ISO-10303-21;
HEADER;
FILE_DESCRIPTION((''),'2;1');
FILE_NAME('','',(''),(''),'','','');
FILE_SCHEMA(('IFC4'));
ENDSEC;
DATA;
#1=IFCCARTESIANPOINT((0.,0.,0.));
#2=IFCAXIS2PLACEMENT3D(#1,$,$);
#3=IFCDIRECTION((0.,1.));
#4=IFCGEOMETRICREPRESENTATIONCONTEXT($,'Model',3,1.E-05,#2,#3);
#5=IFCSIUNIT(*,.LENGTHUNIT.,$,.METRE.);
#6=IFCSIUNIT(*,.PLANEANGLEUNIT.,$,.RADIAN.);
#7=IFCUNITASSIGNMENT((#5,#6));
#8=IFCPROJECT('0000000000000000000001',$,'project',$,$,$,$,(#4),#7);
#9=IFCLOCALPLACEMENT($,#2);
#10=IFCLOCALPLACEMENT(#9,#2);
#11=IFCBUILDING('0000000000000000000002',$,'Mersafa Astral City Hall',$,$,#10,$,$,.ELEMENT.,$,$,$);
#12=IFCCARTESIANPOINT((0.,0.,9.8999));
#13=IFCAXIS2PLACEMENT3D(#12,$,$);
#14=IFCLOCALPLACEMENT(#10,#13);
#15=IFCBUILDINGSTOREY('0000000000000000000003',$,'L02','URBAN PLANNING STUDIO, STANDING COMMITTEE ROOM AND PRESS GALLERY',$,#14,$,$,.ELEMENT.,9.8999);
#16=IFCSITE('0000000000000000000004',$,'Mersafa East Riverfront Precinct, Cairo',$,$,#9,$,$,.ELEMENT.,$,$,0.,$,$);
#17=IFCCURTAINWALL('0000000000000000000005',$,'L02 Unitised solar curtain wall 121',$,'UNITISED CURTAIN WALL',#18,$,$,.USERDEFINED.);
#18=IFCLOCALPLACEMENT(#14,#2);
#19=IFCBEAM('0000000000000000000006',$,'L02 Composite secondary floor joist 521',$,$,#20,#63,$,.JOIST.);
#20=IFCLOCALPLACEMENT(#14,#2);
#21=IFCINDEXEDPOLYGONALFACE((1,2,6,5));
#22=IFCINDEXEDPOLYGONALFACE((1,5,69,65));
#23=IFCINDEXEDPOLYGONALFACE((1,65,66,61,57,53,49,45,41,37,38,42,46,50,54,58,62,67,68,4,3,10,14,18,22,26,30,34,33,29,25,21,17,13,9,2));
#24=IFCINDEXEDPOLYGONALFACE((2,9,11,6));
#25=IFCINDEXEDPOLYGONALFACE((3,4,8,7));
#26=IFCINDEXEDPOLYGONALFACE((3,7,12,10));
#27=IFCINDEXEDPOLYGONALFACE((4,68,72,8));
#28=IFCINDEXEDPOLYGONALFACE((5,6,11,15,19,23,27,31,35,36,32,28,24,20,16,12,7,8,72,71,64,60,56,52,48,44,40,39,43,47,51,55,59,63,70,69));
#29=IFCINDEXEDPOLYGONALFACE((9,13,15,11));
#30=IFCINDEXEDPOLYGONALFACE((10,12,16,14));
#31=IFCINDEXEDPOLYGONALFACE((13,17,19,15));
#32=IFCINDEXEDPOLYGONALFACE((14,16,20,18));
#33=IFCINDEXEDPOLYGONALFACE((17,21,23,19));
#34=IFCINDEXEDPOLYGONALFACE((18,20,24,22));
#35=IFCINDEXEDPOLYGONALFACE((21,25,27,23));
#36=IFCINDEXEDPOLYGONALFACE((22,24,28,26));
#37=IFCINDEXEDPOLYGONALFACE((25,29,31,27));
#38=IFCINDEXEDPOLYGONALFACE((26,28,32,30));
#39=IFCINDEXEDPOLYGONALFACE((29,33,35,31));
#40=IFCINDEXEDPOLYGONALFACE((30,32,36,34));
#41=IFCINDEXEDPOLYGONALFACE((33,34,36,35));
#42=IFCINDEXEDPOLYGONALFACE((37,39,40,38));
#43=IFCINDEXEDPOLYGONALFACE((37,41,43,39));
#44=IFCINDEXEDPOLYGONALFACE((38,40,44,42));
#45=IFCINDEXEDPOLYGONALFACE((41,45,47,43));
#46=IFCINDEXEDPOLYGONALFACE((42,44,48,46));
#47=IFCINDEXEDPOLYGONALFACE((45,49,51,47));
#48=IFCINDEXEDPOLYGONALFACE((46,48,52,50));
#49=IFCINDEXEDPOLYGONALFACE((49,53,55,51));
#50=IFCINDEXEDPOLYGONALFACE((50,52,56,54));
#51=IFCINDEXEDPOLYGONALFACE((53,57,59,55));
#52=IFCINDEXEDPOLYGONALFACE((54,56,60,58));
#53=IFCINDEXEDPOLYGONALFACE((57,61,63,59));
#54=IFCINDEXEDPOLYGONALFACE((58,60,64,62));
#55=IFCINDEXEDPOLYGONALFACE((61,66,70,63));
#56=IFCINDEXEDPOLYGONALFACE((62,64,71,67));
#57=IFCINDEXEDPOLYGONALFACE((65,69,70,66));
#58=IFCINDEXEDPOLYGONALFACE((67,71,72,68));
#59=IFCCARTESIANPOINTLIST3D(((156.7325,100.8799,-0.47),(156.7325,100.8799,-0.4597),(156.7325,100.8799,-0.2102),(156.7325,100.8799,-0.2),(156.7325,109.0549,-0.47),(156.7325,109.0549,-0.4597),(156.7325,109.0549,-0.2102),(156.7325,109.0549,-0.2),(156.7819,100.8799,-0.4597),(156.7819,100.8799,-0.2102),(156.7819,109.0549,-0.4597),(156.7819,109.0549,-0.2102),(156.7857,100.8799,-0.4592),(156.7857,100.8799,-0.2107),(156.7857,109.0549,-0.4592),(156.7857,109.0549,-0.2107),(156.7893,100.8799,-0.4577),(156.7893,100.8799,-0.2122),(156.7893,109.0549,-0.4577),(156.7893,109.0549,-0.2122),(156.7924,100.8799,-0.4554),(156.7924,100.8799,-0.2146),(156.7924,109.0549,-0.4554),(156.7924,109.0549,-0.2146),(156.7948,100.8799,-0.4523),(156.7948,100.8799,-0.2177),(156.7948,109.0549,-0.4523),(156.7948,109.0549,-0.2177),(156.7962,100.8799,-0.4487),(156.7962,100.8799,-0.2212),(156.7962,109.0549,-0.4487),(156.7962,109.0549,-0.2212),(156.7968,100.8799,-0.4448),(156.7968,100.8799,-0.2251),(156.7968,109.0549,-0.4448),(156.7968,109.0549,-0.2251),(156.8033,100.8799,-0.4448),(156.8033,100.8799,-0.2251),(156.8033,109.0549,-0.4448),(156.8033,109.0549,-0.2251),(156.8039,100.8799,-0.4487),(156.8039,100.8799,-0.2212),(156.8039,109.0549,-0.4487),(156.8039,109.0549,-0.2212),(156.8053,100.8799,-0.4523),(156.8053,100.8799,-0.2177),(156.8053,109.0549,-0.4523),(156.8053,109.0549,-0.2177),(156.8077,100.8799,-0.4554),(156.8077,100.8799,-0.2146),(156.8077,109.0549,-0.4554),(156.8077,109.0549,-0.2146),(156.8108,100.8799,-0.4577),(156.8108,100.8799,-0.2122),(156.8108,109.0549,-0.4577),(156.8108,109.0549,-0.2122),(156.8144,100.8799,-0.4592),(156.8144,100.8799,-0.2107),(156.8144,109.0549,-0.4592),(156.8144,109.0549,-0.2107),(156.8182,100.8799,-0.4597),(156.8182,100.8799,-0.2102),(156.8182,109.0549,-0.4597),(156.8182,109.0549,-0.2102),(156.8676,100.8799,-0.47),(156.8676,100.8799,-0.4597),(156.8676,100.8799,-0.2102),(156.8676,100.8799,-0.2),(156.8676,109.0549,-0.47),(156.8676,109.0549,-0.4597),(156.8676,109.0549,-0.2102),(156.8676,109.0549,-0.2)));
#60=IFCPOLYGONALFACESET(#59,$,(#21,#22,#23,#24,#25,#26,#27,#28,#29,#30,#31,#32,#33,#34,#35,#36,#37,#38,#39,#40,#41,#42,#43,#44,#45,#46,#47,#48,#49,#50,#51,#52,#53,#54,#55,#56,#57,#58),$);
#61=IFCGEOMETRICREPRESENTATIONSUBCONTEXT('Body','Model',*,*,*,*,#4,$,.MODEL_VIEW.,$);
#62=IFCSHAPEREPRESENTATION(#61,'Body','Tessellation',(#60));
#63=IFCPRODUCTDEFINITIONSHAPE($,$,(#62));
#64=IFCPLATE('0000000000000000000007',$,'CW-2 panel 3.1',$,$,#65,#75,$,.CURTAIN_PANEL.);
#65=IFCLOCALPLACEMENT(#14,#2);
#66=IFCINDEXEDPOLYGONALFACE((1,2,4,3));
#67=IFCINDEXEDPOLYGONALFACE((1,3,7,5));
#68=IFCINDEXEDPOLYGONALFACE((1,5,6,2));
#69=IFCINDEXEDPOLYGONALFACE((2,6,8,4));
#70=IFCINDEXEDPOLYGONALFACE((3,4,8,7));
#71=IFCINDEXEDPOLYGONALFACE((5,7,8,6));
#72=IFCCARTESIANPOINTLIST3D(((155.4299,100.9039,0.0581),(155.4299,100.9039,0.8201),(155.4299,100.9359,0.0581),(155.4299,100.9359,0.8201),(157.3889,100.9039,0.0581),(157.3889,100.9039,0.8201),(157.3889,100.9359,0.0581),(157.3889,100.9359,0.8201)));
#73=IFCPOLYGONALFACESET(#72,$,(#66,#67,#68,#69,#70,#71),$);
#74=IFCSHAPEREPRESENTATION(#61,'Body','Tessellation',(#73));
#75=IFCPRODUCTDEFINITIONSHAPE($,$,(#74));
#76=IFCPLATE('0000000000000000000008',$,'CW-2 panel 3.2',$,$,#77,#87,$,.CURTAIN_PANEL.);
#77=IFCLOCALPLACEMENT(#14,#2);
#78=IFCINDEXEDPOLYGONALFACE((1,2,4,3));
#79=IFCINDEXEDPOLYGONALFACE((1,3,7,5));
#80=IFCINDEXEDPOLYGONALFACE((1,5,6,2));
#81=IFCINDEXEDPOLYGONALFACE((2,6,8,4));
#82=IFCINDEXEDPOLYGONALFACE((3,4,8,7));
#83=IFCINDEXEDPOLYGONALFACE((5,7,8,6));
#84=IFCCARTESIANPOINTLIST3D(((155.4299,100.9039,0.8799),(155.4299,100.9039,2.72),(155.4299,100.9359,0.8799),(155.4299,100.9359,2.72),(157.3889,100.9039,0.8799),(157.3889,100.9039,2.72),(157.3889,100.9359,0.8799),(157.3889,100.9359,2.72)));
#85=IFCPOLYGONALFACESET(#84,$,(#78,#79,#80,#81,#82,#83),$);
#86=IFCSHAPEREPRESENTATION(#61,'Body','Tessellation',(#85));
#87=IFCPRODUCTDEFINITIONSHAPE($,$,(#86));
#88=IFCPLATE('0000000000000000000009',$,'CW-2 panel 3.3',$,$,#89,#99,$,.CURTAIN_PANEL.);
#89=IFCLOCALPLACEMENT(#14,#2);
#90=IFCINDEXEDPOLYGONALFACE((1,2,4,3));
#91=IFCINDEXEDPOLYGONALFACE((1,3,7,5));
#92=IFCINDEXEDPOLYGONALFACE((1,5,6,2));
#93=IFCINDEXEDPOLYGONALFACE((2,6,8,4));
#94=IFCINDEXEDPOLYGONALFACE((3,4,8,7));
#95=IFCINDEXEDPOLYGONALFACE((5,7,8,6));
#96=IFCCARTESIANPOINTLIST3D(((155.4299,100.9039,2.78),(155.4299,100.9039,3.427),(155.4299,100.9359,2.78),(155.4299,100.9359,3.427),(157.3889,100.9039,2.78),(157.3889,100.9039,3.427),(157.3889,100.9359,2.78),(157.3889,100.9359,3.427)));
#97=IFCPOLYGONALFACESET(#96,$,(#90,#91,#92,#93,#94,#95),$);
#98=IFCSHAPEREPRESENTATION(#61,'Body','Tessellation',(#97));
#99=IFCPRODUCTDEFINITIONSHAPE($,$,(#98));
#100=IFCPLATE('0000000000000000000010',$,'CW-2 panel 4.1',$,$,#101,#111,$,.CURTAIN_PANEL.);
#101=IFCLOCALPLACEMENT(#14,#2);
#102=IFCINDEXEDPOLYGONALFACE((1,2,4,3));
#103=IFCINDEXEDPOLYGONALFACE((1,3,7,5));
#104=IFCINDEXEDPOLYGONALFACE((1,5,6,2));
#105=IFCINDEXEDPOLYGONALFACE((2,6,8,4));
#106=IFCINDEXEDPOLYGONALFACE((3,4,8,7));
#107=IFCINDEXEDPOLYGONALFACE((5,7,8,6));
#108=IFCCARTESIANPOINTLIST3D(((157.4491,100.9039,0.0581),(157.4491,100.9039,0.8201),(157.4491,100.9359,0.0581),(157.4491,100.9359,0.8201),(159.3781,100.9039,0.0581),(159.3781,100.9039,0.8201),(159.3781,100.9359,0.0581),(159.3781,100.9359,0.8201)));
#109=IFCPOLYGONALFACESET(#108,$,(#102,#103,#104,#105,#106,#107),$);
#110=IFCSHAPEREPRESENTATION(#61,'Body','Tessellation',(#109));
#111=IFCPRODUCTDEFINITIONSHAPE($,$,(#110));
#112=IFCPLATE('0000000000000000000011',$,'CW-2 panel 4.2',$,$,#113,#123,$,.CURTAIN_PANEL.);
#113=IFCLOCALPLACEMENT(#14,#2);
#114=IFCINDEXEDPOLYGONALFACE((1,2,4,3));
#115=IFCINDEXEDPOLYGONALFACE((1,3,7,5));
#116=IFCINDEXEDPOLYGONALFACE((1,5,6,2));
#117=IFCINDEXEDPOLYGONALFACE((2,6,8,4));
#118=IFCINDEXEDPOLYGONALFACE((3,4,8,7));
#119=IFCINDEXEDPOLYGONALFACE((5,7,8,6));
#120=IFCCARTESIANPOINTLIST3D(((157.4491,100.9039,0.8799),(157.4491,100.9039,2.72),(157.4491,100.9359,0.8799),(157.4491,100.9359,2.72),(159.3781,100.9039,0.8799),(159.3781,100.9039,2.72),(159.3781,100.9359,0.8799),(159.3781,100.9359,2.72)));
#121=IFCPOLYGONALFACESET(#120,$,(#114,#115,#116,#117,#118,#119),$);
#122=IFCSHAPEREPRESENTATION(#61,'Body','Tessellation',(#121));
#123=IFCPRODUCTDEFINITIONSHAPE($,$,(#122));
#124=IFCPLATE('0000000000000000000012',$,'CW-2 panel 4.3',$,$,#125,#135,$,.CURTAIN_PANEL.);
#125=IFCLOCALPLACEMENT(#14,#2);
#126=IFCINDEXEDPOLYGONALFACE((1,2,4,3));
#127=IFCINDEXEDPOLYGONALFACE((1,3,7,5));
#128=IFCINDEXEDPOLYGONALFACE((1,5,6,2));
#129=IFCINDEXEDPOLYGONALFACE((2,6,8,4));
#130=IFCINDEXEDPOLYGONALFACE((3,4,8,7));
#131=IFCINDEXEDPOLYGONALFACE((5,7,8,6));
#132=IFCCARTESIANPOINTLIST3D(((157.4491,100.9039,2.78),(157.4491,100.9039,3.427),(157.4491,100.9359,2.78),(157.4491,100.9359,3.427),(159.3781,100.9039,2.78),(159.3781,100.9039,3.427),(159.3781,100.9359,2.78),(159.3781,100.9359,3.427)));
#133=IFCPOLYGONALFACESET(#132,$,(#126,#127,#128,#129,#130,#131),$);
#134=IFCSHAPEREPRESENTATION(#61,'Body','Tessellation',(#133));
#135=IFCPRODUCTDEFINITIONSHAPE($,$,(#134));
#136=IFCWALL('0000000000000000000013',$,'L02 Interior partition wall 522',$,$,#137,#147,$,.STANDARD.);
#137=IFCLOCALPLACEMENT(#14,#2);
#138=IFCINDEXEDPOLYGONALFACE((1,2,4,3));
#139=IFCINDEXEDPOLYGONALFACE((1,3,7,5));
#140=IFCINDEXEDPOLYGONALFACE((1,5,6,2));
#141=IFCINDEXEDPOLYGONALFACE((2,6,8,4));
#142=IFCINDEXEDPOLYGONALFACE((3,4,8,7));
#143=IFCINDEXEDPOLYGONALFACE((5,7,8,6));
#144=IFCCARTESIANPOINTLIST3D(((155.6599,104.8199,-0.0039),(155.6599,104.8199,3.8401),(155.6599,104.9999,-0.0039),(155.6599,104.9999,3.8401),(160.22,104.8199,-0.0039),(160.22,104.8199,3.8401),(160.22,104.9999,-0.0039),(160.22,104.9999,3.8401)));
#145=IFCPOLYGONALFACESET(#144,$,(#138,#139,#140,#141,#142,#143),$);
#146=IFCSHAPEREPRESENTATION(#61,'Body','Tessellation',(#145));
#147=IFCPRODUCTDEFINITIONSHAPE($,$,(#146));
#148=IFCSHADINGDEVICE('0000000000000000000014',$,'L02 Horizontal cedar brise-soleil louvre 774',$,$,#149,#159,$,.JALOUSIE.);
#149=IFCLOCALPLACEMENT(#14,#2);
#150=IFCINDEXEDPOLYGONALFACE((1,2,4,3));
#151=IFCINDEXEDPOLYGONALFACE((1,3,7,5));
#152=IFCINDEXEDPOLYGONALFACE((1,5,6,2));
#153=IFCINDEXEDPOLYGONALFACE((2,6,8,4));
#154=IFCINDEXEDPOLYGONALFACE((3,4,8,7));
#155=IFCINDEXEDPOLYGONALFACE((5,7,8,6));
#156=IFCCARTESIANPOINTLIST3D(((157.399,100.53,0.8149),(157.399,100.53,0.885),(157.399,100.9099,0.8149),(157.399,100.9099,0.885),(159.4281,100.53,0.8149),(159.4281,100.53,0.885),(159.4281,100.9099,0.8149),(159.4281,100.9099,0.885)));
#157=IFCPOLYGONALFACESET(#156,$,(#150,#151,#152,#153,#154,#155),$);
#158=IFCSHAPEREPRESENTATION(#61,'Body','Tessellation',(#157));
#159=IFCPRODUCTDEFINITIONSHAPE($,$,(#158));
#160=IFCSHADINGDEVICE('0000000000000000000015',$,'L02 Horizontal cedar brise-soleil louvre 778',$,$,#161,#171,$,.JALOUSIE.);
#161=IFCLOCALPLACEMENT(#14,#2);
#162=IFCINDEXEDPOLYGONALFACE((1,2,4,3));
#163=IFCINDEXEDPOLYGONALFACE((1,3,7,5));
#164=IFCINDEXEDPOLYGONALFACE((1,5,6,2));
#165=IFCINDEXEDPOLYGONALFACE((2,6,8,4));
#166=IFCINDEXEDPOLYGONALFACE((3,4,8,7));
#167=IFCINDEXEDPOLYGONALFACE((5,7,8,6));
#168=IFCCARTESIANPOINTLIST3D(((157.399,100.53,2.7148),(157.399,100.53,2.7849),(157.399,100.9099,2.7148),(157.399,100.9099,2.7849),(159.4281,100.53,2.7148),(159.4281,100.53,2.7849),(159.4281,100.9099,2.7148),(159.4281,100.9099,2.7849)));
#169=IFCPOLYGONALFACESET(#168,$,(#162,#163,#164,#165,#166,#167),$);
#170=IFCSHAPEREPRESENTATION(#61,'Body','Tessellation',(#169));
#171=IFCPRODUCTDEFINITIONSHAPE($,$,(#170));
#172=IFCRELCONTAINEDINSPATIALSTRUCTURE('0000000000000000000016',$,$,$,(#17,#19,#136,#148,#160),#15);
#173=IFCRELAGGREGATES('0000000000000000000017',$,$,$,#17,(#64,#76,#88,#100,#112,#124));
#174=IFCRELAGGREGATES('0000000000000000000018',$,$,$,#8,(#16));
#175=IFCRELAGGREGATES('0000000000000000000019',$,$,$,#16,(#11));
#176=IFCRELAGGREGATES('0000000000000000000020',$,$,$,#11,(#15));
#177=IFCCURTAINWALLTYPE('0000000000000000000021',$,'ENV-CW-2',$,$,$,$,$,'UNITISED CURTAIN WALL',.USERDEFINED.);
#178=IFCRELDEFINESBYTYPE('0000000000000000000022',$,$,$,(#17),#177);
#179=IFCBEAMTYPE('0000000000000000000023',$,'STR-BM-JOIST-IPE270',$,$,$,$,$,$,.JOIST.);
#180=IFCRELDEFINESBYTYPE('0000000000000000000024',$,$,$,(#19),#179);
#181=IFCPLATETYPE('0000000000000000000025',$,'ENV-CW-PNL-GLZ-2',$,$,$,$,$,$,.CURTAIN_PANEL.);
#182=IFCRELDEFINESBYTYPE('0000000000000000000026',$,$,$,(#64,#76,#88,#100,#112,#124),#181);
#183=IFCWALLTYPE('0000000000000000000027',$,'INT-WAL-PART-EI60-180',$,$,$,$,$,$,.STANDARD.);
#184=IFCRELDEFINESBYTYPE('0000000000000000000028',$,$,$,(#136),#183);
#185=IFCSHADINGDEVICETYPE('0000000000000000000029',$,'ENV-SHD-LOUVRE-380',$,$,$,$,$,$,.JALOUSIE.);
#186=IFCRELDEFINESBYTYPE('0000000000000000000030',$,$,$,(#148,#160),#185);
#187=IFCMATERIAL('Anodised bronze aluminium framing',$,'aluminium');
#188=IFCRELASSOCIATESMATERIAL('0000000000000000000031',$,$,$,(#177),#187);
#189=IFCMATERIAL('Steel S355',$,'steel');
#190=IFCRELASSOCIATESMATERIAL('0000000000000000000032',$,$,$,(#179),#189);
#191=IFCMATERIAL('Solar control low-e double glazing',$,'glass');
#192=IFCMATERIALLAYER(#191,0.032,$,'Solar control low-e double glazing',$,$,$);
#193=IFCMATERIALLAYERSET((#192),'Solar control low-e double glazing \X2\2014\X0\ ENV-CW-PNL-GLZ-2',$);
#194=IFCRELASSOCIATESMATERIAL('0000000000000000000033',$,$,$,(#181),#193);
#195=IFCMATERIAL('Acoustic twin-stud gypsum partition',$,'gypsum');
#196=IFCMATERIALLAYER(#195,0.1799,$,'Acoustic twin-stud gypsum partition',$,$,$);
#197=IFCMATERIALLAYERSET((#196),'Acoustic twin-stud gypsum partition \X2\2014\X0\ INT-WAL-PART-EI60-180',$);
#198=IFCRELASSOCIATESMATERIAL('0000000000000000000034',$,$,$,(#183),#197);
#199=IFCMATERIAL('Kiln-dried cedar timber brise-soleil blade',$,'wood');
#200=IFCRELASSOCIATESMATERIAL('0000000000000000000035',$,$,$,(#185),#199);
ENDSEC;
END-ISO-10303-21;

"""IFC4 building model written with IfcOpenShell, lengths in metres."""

from ifc_helpers import new_model, si_unit, direction, frame, frame_2d, origin, origin_2d, place, context, subcontext, project, spatial, rectangle, i_section, extrude, material, layer, layer_set, material_profile, profile_set, type_object, element, aggregate, save


model = new_model("IFC4")

# Units and contexts
model_context = context("Model", 3, precision=1e-05, world=origin(), true_north=direction((0.0, 1.0)))
body_context = subcontext(model_context, "Body", "Model", "MODEL_VIEW")
ifc_project = project(units=[si_unit("LENGTHUNIT", "METRE"), si_unit("PLANEANGLEUNIT", "RADIAN")], contexts=[model_context])

# Site, building, storey
site_placement = place(None, origin())
site = spatial("IfcSite", under=ifc_project, at=site_placement, Name="Mersafa East Riverfront Precinct, Cairo", CompositionType="ELEMENT", RefElevation=0.0)
building_placement = place(site_placement, origin())
building = spatial("IfcBuilding", under=site, at=building_placement, Name="Mersafa Astral City Hall", CompositionType="ELEMENT")
storey_placement = place(building_placement, frame((0.0, 0.0, 9.8999)))
storey = spatial("IfcBuildingStorey", under=building, at=storey_placement, Name="L02", Description="URBAN PLANNING STUDIO, STANDING COMMITTEE ROOM AND PRESS GALLERY", CompositionType="ELEMENT", Elevation=9.8999)

# Shared definitions
ifc_material_1 = material(Name="Steel S355", Category="steel")

# Curtain wall
ifc_material_2 = material(Name="Anodised bronze aluminium framing", Category="aluminium")
curtain_wall_type = type_object("IfcCurtainWallType", Name="ENV-CW-2", ElementType="UNITISED CURTAIN WALL", PredefinedType="USERDEFINED", material=ifc_material_2)
curtain_wall_placement = place(storey_placement, origin())
curtain_wall = element("IfcCurtainWall", 1, at=curtain_wall_placement, inside=storey, type_object=curtain_wall_type, Name="L02 Unitised solar curtain wall 121", ObjectType="UNITISED CURTAIN WALL", PredefinedType="USERDEFINED")

# Beam
ifc_material_profile_1 = material_profile(ifc_material_1, i_section(OverallWidth=0.135, OverallDepth=0.27, WebThickness=0.0066, FlangeThickness=0.0103, FilletRadius=0.0149, at=origin_2d()), Name="IPE 270")
ifc_profile_set_1 = profile_set([ifc_material_profile_1], Name="Steel S355")
beam_type_1 = type_object("IfcBeamType", Name="STR-BM-JOIST-IPE270", PredefinedType="JOIST", material=ifc_profile_set_1)
beam_1_placement = place(storey_placement, frame((156.8, 100.8799, -0.335), z_axis=(0.0, 1.0, 0.0), x_axis=(-1.0, 0.0, 0.0)))
element("IfcBeam", 2, at=beam_1_placement, inside=storey, type_object=beam_type_1, Name="L02 Composite secondary floor joist 521", PredefinedType="JOIST", context=body_context, shape_type="SweptSolid", body=[
    extrude(i_section(OverallWidth=0.135, OverallDepth=0.27, WebThickness=0.0066, FlangeThickness=0.0103, FilletRadius=0.0149, at=origin_2d()), origin(), (0.0, 0.0, 1.0), 8.175),
])

# Plates
ifc_material_3 = material(Name="Solar control low-e double glazing", Category="glass")
ifc_layer_1 = layer(ifc_material_3, 0.032, Name="Solar control low-e double glazing")
ifc_layer_set_1 = layer_set([ifc_layer_1], Name="Solar control low-e double glazing — ENV-CW-PNL-GLZ-2")
plate_type = type_object("IfcPlateType", Name="ENV-CW-PNL-GLZ-2", PredefinedType="CURTAIN_PANEL", material=ifc_layer_set_1)
plate_1_placement = place(storey_placement, frame((156.4094, 100.9199, 0.0581), z_axis=(0.0, 0.0, 1.0), x_axis=(1.0, 0.0, 0.0)))
plate_1 = element("IfcPlate", 3, at=plate_1_placement, type_object=plate_type, Name="CW-2 panel 3.1", PredefinedType="CURTAIN_PANEL", context=body_context, shape_type="SweptSolid", body=[
    extrude(rectangle(XDim=1.959, YDim=0.032, at=origin_2d()), origin(), (0.0, 0.0, 1.0), 0.762),
])
plate_2_placement = place(storey_placement, frame((156.4094, 100.9199, 0.8799), z_axis=(0.0, 0.0, 1.0), x_axis=(1.0, 0.0, 0.0)))
plate_2 = element("IfcPlate", 4, at=plate_2_placement, type_object=plate_type, Name="CW-2 panel 3.2", PredefinedType="CURTAIN_PANEL", context=body_context, shape_type="SweptSolid", body=[
    extrude(rectangle(XDim=1.959, YDim=0.032, at=origin_2d()), origin(), (0.0, 0.0, 1.0), 1.8401),
])
plate_3_placement = place(storey_placement, frame((156.4094, 100.9199, 2.78), z_axis=(0.0, 0.0, 1.0), x_axis=(1.0, 0.0, 0.0)))
plate_3 = element("IfcPlate", 5, at=plate_3_placement, type_object=plate_type, Name="CW-2 panel 3.3", PredefinedType="CURTAIN_PANEL", context=body_context, shape_type="SweptSolid", body=[
    extrude(rectangle(XDim=1.959, YDim=0.032, at=origin_2d()), origin(), (0.0, 0.0, 1.0), 0.647),
])
plate_4_placement = place(storey_placement, frame((158.4136, 100.9199, 0.0581), z_axis=(0.0, 0.0, 1.0), x_axis=(1.0, 0.0, 0.0)))
plate_4 = element("IfcPlate", 6, at=plate_4_placement, type_object=plate_type, Name="CW-2 panel 4.1", PredefinedType="CURTAIN_PANEL", context=body_context, shape_type="SweptSolid", body=[
    extrude(rectangle(XDim=1.929, YDim=0.032, at=origin_2d()), origin(), (0.0, 0.0, 1.0), 0.762),
])
plate_5_placement = place(storey_placement, frame((158.4136, 100.9199, 0.8799), z_axis=(0.0, 0.0, 1.0), x_axis=(1.0, 0.0, 0.0)))
plate_5 = element("IfcPlate", 7, at=plate_5_placement, type_object=plate_type, Name="CW-2 panel 4.2", PredefinedType="CURTAIN_PANEL", context=body_context, shape_type="SweptSolid", body=[
    extrude(rectangle(XDim=1.929, YDim=0.032, at=origin_2d()), origin(), (0.0, 0.0, 1.0), 1.8401),
])
plate_6_placement = place(storey_placement, frame((158.4136, 100.9199, 2.78), z_axis=(0.0, 0.0, 1.0), x_axis=(1.0, 0.0, 0.0)))
plate_6 = element("IfcPlate", 8, at=plate_6_placement, type_object=plate_type, Name="CW-2 panel 4.3", PredefinedType="CURTAIN_PANEL", context=body_context, shape_type="SweptSolid", body=[
    extrude(rectangle(XDim=1.929, YDim=0.032, at=origin_2d()), origin(), (0.0, 0.0, 1.0), 0.647),
])
aggregate(curtain_wall, [plate_1, plate_2, plate_3, plate_4, plate_5, plate_6])

# Wall
ifc_material_4 = material(Name="Acoustic twin-stud gypsum partition", Category="gypsum")
ifc_layer_2 = layer(ifc_material_4, 0.1799, Name="Acoustic twin-stud gypsum partition")
ifc_layer_set_2 = layer_set([ifc_layer_2], Name="Acoustic twin-stud gypsum partition — INT-WAL-PART-EI60-180")
wall_type = type_object("IfcWallType", Name="INT-WAL-PART-EI60-180", PredefinedType="STANDARD", material=ifc_layer_set_2)
wall_placement = place(storey_placement, frame((155.6599, 104.9099, -0.0039), z_axis=(0.0, 0.0, 1.0), x_axis=(1.0, 0.0, 0.0)))
element("IfcWall", 9, at=wall_placement, inside=storey, type_object=wall_type, Name="L02 Interior partition wall 522", PredefinedType="STANDARD", context=body_context, shape_type="SweptSolid", body=[
    extrude(rectangle(XDim=4.5601, YDim=0.1799, at=frame_2d((2.28, 0.0))), origin(), (0.0, 0.0, 1.0), 3.844),
])

# Shading devices
ifc_material_5 = material(Name="Kiln-dried cedar timber brise-soleil blade", Category="wood")
shading_device_type = type_object("IfcShadingDeviceType", Name="ENV-SHD-LOUVRE-380", PredefinedType="JALOUSIE", material=ifc_material_5)
for number, where, z_axis, x_axis, name in (
    (10, (158.4136, 100.72, 0.8149), (0.0, 0.0, 1.0), (1.0, 0.0, 0.0), "L02 Horizontal cedar brise-soleil louvre 774"),
    (11, (158.4136, 100.72, 2.7148), (0.0, 0.0, 1.0), (1.0, 0.0, 0.0), "L02 Horizontal cedar brise-soleil louvre 778"),
):
    element("IfcShadingDevice", number, at=place(storey_placement, frame(where, z_axis=z_axis, x_axis=x_axis)), inside=storey, type_object=shading_device_type, Name=name, PredefinedType="JALOUSIE", context=body_context, shape_type="SweptSolid", body=[
        extrude(rectangle(XDim=2.0291, YDim=0.3799, at=origin_2d()), origin(), (0.0, 0.0, 1.0), 0.0701),
    ])

save(model, "model.ifc")
